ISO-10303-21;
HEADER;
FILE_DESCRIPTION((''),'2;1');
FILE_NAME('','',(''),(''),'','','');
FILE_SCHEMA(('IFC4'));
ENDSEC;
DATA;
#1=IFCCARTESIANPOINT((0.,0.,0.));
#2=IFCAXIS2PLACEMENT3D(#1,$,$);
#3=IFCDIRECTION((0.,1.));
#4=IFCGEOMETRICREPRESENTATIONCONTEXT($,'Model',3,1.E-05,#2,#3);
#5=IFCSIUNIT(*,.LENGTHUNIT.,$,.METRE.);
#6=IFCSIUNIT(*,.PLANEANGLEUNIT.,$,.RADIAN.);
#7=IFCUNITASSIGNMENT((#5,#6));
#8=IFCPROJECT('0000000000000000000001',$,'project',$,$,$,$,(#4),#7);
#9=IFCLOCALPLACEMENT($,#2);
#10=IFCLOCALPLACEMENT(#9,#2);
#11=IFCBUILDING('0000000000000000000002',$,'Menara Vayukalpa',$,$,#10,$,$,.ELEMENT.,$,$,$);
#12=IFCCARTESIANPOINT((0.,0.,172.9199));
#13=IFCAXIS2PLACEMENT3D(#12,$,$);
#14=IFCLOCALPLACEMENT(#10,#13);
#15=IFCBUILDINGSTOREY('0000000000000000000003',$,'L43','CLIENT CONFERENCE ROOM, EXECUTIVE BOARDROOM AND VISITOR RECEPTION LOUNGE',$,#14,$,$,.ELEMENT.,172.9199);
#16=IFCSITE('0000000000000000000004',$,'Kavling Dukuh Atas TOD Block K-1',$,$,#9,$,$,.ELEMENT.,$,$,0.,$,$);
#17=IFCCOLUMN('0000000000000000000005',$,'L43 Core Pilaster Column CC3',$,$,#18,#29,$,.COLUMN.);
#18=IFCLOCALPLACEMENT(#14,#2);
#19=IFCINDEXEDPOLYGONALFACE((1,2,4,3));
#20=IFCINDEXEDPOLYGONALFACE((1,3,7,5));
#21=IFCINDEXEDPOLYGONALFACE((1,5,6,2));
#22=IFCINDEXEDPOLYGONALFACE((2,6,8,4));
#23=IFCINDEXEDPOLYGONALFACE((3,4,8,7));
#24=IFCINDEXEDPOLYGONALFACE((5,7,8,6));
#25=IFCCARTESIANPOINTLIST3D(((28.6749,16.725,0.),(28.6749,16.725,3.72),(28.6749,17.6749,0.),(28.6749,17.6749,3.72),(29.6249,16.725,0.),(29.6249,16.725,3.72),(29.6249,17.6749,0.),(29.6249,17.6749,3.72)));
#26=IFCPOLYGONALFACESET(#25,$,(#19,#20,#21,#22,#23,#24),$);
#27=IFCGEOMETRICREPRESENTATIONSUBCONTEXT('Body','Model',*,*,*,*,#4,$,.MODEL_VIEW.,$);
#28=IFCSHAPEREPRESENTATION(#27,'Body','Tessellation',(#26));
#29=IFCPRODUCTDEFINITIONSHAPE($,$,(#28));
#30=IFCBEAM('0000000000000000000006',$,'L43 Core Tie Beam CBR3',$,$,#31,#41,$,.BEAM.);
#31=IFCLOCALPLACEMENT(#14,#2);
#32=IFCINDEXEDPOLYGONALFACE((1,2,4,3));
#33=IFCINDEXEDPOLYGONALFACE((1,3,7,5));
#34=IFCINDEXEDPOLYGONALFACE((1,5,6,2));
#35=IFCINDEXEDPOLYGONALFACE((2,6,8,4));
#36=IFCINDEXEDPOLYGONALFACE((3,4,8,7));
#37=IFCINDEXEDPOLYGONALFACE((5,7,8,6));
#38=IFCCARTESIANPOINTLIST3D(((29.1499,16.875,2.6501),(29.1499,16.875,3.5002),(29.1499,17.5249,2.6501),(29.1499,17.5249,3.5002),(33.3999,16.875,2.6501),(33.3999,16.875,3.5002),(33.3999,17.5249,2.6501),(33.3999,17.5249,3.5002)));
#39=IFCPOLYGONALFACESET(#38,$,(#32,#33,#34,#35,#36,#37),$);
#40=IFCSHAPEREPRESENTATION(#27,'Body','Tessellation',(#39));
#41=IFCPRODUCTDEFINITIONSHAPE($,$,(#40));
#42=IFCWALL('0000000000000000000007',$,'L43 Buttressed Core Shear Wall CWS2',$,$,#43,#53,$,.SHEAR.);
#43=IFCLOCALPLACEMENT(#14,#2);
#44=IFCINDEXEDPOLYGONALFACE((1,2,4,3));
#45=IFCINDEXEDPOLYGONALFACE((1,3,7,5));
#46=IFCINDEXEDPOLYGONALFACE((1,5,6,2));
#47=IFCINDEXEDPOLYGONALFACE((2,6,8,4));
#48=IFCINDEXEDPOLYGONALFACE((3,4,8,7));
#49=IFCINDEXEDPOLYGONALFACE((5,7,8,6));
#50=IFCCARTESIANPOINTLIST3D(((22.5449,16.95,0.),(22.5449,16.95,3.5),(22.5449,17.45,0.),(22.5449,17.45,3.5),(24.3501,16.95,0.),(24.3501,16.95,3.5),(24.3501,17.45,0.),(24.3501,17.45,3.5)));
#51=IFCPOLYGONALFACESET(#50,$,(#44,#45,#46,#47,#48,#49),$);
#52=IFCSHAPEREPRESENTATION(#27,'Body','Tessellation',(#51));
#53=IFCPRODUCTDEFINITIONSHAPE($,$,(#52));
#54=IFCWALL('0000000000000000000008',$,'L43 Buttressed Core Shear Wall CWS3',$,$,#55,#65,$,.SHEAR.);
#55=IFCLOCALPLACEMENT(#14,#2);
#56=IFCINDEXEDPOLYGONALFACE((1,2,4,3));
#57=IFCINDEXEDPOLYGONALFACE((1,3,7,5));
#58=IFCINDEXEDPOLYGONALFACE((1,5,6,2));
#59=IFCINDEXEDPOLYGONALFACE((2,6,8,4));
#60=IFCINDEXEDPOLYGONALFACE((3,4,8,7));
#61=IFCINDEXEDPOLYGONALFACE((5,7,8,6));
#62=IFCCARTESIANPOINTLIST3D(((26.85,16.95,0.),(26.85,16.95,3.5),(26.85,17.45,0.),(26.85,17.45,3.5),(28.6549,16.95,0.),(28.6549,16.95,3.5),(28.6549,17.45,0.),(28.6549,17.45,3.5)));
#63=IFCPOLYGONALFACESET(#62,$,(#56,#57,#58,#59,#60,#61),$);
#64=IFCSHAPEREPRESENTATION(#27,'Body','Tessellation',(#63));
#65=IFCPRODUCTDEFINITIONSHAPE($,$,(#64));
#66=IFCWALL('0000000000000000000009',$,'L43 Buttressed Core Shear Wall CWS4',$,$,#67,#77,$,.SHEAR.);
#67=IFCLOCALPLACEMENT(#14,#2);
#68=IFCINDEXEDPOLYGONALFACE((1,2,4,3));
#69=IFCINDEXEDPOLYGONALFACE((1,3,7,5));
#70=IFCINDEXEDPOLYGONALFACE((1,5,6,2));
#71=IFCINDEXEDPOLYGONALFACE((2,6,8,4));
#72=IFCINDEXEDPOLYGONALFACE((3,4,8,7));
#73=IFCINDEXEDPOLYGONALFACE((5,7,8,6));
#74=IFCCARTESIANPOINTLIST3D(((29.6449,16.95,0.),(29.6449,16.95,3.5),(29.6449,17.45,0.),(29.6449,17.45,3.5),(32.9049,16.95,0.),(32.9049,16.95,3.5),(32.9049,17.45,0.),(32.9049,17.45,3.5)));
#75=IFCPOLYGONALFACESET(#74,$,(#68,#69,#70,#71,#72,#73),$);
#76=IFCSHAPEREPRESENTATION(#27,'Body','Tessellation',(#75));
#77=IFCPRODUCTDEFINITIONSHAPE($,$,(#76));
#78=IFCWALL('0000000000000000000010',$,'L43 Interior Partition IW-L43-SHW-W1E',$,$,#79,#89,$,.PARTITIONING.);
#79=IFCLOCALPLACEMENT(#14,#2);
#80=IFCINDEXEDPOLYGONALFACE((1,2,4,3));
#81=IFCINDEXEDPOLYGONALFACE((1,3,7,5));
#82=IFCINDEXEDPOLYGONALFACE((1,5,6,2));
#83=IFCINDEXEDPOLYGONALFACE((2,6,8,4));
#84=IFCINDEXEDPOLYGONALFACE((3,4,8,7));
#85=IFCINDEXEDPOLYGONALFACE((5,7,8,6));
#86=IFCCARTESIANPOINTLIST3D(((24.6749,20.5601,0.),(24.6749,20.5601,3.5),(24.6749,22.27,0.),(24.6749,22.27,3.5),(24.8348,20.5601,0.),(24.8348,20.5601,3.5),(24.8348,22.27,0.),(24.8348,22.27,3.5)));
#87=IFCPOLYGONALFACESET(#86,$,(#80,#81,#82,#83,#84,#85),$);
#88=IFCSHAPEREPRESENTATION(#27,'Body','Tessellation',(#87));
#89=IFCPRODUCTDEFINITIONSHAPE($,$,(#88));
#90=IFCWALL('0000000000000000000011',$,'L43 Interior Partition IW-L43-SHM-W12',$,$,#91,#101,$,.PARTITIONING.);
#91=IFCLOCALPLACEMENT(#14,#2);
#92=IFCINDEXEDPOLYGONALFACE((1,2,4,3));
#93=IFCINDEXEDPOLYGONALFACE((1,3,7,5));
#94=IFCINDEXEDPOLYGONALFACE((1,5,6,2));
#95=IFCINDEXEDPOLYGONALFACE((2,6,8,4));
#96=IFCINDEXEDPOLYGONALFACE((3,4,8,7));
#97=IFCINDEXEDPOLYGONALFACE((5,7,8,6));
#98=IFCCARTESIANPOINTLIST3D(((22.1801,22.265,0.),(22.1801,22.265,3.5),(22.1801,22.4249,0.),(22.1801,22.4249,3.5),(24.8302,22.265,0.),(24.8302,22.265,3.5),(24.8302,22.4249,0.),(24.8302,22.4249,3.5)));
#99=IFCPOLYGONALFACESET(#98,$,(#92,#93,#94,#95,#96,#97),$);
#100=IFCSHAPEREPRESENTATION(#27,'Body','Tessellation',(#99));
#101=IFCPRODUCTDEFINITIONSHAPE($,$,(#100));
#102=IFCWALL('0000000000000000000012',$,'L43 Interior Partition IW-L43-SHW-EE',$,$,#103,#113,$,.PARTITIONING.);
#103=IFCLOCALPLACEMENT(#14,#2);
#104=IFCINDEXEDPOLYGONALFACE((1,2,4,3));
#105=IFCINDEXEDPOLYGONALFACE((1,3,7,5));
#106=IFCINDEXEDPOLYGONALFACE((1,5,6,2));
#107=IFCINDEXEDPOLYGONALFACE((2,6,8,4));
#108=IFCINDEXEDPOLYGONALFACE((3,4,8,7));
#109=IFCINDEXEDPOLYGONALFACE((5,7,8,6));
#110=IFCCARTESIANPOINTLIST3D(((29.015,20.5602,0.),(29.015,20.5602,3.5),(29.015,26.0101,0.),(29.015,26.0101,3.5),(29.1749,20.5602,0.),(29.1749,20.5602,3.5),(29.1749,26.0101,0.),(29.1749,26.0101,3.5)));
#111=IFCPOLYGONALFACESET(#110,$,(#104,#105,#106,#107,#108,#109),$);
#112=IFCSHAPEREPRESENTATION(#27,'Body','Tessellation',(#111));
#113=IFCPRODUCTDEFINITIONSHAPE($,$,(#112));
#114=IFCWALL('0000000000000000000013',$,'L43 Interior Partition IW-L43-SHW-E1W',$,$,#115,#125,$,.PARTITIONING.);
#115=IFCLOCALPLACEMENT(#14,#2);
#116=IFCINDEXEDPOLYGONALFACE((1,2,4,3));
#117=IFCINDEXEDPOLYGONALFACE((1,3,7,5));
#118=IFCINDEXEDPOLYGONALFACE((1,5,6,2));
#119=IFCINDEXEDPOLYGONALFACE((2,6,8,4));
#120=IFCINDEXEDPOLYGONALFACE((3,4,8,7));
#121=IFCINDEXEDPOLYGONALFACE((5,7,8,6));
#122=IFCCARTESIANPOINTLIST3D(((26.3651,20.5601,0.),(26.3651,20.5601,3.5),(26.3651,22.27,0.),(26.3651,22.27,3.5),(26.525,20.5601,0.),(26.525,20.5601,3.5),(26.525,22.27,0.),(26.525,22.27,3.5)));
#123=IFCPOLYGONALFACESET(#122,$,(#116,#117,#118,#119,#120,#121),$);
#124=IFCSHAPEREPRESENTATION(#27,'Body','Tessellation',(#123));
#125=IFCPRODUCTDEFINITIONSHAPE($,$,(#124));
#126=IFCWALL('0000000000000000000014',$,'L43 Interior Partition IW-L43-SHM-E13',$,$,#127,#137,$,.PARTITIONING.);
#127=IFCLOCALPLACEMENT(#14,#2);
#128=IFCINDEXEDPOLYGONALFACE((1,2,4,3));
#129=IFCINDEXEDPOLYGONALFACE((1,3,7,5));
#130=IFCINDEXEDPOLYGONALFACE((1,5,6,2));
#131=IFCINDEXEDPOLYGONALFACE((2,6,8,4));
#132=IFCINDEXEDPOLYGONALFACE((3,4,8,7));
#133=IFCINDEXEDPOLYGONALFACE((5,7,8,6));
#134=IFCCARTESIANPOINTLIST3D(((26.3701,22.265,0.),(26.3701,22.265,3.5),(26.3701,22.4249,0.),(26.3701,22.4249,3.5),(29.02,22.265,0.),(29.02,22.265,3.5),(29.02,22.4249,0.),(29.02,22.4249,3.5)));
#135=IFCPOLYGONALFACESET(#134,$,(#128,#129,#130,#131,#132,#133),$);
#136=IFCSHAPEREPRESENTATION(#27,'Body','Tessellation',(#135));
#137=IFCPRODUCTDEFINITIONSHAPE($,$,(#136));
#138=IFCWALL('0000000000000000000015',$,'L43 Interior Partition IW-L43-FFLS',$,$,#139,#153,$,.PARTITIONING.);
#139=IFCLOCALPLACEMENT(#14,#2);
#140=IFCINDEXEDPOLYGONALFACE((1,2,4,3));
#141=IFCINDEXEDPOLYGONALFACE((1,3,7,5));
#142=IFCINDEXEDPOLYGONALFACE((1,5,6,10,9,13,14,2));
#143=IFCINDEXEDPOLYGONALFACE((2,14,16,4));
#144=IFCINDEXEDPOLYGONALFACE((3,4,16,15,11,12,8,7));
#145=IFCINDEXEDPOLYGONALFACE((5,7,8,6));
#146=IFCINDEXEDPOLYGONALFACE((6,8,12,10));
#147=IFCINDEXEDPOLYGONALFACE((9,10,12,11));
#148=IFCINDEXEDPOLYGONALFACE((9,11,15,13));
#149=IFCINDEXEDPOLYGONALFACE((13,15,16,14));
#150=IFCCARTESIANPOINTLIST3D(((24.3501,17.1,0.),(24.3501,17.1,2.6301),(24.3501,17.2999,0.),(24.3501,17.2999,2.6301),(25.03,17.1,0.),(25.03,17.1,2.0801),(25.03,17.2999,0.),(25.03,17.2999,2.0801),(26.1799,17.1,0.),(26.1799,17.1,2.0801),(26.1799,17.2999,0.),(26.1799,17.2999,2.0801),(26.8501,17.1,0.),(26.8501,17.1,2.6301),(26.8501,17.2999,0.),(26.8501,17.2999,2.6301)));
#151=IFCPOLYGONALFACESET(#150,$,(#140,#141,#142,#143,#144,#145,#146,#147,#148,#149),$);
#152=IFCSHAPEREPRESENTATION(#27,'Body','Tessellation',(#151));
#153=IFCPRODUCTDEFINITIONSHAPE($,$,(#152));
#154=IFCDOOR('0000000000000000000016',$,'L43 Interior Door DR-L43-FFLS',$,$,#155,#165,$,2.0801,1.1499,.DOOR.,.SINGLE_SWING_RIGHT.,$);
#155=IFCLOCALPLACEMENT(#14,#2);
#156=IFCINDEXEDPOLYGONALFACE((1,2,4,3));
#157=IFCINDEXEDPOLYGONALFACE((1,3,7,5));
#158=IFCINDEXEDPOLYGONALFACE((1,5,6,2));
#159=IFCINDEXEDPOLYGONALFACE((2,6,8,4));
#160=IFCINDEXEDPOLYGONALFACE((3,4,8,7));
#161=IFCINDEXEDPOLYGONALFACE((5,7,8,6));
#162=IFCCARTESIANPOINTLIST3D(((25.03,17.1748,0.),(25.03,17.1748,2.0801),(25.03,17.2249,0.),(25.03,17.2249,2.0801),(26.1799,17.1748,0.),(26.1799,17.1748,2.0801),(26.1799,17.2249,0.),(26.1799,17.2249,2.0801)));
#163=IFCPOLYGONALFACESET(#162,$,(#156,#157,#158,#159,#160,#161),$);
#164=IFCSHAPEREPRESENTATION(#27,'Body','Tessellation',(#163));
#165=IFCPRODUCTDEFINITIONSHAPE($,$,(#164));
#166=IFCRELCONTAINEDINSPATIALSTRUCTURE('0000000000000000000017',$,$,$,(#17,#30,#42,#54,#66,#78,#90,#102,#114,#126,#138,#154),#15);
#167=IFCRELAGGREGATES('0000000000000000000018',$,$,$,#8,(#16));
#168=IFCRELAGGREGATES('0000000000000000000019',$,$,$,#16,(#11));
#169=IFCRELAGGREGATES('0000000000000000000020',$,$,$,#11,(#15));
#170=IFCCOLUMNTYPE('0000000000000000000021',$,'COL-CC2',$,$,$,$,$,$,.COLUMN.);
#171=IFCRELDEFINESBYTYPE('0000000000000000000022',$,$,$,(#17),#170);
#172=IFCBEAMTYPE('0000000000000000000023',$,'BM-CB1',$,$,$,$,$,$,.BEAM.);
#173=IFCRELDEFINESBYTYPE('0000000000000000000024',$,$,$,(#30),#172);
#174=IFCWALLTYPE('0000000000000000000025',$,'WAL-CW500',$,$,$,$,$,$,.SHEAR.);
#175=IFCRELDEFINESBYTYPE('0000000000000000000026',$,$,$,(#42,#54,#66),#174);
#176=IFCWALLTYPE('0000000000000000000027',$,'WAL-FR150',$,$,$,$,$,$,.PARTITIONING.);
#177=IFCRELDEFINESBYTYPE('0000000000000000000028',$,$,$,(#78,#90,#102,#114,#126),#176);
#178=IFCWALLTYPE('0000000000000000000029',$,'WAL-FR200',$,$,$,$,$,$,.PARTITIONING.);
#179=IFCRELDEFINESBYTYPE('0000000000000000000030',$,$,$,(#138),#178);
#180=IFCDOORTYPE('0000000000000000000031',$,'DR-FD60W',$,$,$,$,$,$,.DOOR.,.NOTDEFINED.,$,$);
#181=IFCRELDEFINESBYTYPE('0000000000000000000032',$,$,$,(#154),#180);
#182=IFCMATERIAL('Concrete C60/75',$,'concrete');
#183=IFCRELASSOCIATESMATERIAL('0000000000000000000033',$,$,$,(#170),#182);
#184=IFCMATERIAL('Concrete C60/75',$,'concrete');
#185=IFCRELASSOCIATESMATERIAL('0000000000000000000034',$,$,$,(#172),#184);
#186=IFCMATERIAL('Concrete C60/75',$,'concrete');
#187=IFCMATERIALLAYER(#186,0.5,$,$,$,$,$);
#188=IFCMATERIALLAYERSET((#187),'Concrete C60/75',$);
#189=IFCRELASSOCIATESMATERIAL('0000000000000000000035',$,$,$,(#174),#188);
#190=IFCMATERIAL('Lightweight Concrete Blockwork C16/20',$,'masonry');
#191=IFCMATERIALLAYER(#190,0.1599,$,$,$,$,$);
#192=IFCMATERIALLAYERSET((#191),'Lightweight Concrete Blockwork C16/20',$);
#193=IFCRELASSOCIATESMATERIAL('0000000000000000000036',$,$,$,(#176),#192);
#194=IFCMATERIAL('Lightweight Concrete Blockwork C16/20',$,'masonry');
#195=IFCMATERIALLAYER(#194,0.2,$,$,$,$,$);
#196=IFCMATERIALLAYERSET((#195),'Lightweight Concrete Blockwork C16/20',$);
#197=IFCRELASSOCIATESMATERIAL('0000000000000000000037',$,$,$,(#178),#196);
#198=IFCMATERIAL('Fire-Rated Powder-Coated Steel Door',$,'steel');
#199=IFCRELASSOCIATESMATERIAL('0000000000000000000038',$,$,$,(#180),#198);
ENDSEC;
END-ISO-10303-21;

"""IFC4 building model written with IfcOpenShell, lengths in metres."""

from ifc_helpers import new_model, si_unit, direction, frame, frame_2d, origin, origin_2d, place, context, subcontext, project, spatial, rectangle, extrude, material, layer, layer_set, material_profile, profile_set, type_object, element, fill, save


model = new_model("IFC4")

# Units and contexts
model_context = context("Model", 3, precision=1e-05, world=origin(), true_north=direction((0.0, 1.0)))
body_context = subcontext(model_context, "Body", "Model", "MODEL_VIEW")
ifc_project = project(units=[si_unit("LENGTHUNIT", "METRE"), si_unit("PLANEANGLEUNIT", "RADIAN")], contexts=[model_context])

# Site, building, storey
site_placement = place(None, origin())
site = spatial("IfcSite", under=ifc_project, at=site_placement, Name="Kavling Dukuh Atas TOD Block K-1", CompositionType="ELEMENT", RefElevation=0.0)
building_placement = place(site_placement, origin())
building = spatial("IfcBuilding", under=site, at=building_placement, Name="Menara Vayukalpa", CompositionType="ELEMENT")
storey_placement = place(building_placement, frame((0.0, 0.0, 172.9199)))
storey = spatial("IfcBuildingStorey", under=building, at=storey_placement, Name="L43", Description="CLIENT CONFERENCE ROOM, EXECUTIVE BOARDROOM AND VISITOR RECEPTION LOUNGE", CompositionType="ELEMENT", Elevation=172.9199)

# Column
ifc_material_1 = material(Name="Concrete C60/75", Category="concrete")
ifc_material_profile_1 = material_profile(ifc_material_1, rectangle(XDim=0.95, YDim=0.95, at=origin_2d()), Name="RC 950x950")
ifc_profile_set_1 = profile_set([ifc_material_profile_1], Name="Concrete C60/75")
column_type = type_object("IfcColumnType", Name="COL-CC2", PredefinedType="COLUMN", material=ifc_profile_set_1)
column_placement = place(storey_placement, frame((29.1499, 17.2, 0.0), z_axis=(0.0, 0.0, 1.0), x_axis=(1.0, 0.0, 0.0)))
element("IfcColumn", 1, at=column_placement, inside=storey, type_object=column_type, Name="L43 Core Pilaster Column CC3", PredefinedType="COLUMN", context=body_context, shape_type="SweptSolid", body=[
    extrude(rectangle(XDim=0.95, YDim=0.95, at=origin_2d()), origin(), (0.0, 0.0, 1.0), 3.72),
])

# Beam
ifc_material_2 = material(Name="Concrete C60/75", Category="concrete")
ifc_material_profile_2 = material_profile(ifc_material_2, rectangle(XDim=0.6499, YDim=0.8501, at=origin_2d()), Name="RC 650x850")
ifc_profile_set_2 = profile_set([ifc_material_profile_2], Name="Concrete C60/75")
beam_type = type_object("IfcBeamType", Name="BM-CB1", PredefinedType="BEAM", material=ifc_profile_set_2)
beam_placement = place(storey_placement, frame((29.1499, 17.2, 3.0752), z_axis=(1.0, 0.0, 0.0), x_axis=(0.0, 1.0, 0.0)))
element("IfcBeam", 2, at=beam_placement, inside=storey, type_object=beam_type, Name="L43 Core Tie Beam CBR3", PredefinedType="BEAM", context=body_context, shape_type="SweptSolid", body=[
    extrude(rectangle(XDim=0.6499, YDim=0.8501, at=origin_2d()), origin(), (0.0, 0.0, 1.0), 4.25),
])

# Walls
ifc_material_3 = material(Name="Concrete C60/75", Category="concrete")
ifc_layer_1 = layer(ifc_material_3, 0.5)
ifc_layer_set_1 = layer_set([ifc_layer_1], Name="Concrete C60/75")
wall_type_1 = type_object("IfcWallType", Name="WAL-CW500", PredefinedType="SHEAR", material=ifc_layer_set_1)
wall_1_placement = place(storey_placement, frame((22.5449, 17.2, 0.0), z_axis=(0.0, 0.0, 1.0), x_axis=(1.0, 0.0, 0.0)))
element("IfcWall", 3, at=wall_1_placement, inside=storey, type_object=wall_type_1, Name="L43 Buttressed Core Shear Wall CWS2", PredefinedType="SHEAR", context=body_context, shape_type="SweptSolid", body=[
    extrude(rectangle(XDim=1.8052, YDim=0.5, at=frame_2d((0.9026, 0.0))), origin(), (0.0, 0.0, 1.0), 3.5),
])
wall_2_placement = place(storey_placement, frame((26.8501, 17.2, 0.0), z_axis=(0.0, 0.0, 1.0), x_axis=(1.0, 0.0, 0.0)))
element("IfcWall", 4, at=wall_2_placement, inside=storey, type_object=wall_type_1, Name="L43 Buttressed Core Shear Wall CWS3", PredefinedType="SHEAR", context=body_context, shape_type="SweptSolid", body=[
    extrude(rectangle(XDim=1.8049, YDim=0.5, at=frame_2d((0.9023, 0.0))), origin(), (0.0, 0.0, 1.0), 3.5),
])
wall_3_placement = place(storey_placement, frame((29.645, 17.2, 0.0), z_axis=(0.0, 0.0, 1.0), x_axis=(1.0, 0.0, 0.0)))
element("IfcWall", 5, at=wall_3_placement, inside=storey, type_object=wall_type_1, Name="L43 Buttressed Core Shear Wall CWS4", PredefinedType="SHEAR", context=body_context, shape_type="SweptSolid", body=[
    extrude(rectangle(XDim=3.26, YDim=0.5, at=frame_2d((1.6299, 0.0))), origin(), (0.0, 0.0, 1.0), 3.5),
])
ifc_material_4 = material(Name="Lightweight Concrete Blockwork C16/20", Category="masonry")
ifc_layer_2 = layer(ifc_material_4, 0.1599)
ifc_layer_set_2 = layer_set([ifc_layer_2], Name="Lightweight Concrete Blockwork C16/20")
wall_type_2 = type_object("IfcWallType", Name="WAL-FR150", PredefinedType="PARTITIONING", material=ifc_layer_set_2)
wall_4_placement = place(storey_placement, frame((24.7549, 20.5601, 0.0), z_axis=(0.0, 0.0, 1.0), x_axis=(0.0, 1.0, 0.0)))
element("IfcWall", 6, at=wall_4_placement, inside=storey, type_object=wall_type_2, Name="L43 Interior Partition IW-L43-SHW-W1E", PredefinedType="PARTITIONING", context=body_context, shape_type="SweptSolid", body=[
    extrude(rectangle(XDim=1.71, YDim=0.1599, at=frame_2d((0.855, 0.0))), origin(), (0.0, 0.0, 1.0), 3.5),
])
wall_5_placement = place(storey_placement, frame((22.1799, 22.345, 0.0), z_axis=(0.0, 0.0, 1.0), x_axis=(1.0, 0.0, 0.0)))
element("IfcWall", 7, at=wall_5_placement, inside=storey, type_object=wall_type_2, Name="L43 Interior Partition IW-L43-SHM-W12", PredefinedType="PARTITIONING", context=body_context, shape_type="SweptSolid", body=[
    extrude(rectangle(XDim=2.6501, YDim=0.1599, at=frame_2d((1.3252, 0.0))), origin(), (0.0, 0.0, 1.0), 3.5),
])
wall_6_placement = place(storey_placement, frame((29.095, 20.5601, 0.0), z_axis=(0.0, 0.0, 1.0), x_axis=(0.0, 1.0, 0.0)))
element("IfcWall", 8, at=wall_6_placement, inside=storey, type_object=wall_type_2, Name="L43 Interior Partition IW-L43-SHW-EE", PredefinedType="PARTITIONING", context=body_context, shape_type="SweptSolid", body=[
    extrude(rectangle(XDim=5.45, YDim=0.1599, at=frame_2d((2.7251, 0.0))), origin(), (0.0, 0.0, 1.0), 3.5),
])
wall_7_placement = place(storey_placement, frame((26.4451, 20.5601, 0.0), z_axis=(0.0, 0.0, 1.0), x_axis=(0.0, 1.0, 0.0)))
element("IfcWall", 9, at=wall_7_placement, inside=storey, type_object=wall_type_2, Name="L43 Interior Partition IW-L43-SHW-E1W", PredefinedType="PARTITIONING", context=body_context, shape_type="SweptSolid", body=[
    extrude(rectangle(XDim=1.71, YDim=0.1599, at=frame_2d((0.855, 0.0))), origin(), (0.0, 0.0, 1.0), 3.5),
])
wall_8_placement = place(storey_placement, frame((26.3701, 22.345, 0.0), z_axis=(0.0, 0.0, 1.0), x_axis=(1.0, 0.0, 0.0)))
element("IfcWall", 10, at=wall_8_placement, inside=storey, type_object=wall_type_2, Name="L43 Interior Partition IW-L43-SHM-E13", PredefinedType="PARTITIONING", context=body_context, shape_type="SweptSolid", body=[
    extrude(rectangle(XDim=2.6499, YDim=0.1599, at=frame_2d((1.325, 0.0))), origin(), (0.0, 0.0, 1.0), 3.5),
])

# Wall, opening, door
ifc_material_5 = material(Name="Lightweight Concrete Blockwork C16/20", Category="masonry")
ifc_layer_3 = layer(ifc_material_5, 0.2)
ifc_layer_set_3 = layer_set([ifc_layer_3], Name="Lightweight Concrete Blockwork C16/20")
wall_type_3 = type_object("IfcWallType", Name="WAL-FR200", PredefinedType="PARTITIONING", material=ifc_layer_set_3)
wall_9_placement = place(storey_placement, frame((24.3501, 17.2, 0.0), z_axis=(0.0, 0.0, 1.0), x_axis=(1.0, 0.0, 0.0)))
wall_9 = element("IfcWall", 11, at=wall_9_placement, inside=storey, type_object=wall_type_3, Name="L43 Interior Partition IW-L43-FFLS", PredefinedType="PARTITIONING", context=body_context, shape_type="SweptSolid", body=[
    extrude(rectangle(XDim=2.5, YDim=0.2, at=frame_2d((1.25, 0.0))), origin(), (0.0, 0.0, 1.0), 2.6301),
])
opening_1_placement = place(wall_9_placement, frame((0.6799, 0.0, 0.0)))
opening_1 = element("IfcOpeningElement", 12, at=opening_1_placement, cuts=wall_9, PredefinedType="OPENING", context=body_context, shape_type="SweptSolid", body=[
    extrude(rectangle(XDim=1.1499, YDim=2.0801, at=frame_2d((0.575, 1.04))), frame((0.0, 0.1099, 0.0), z_axis=(0.0, -1.0, 0.0), x_axis=(1.0, 0.0, 0.0)), (0.0, 0.0, 1.0), 0.22),
])
ifc_material_6 = material(Name="Fire-Rated Powder-Coated Steel Door", Category="steel")
door_type_1 = type_object("IfcDoorType", Name="DR-FD60W", OperationType="NOTDEFINED", PredefinedType="DOOR", material=ifc_material_6)
door_1_placement = place(opening_1_placement, origin())
door_1 = element("IfcDoor", 13, at=door_1_placement, inside=storey, type_object=door_type_1, Name="L43 Interior Door DR-L43-FFLS", OperationType="SINGLE_SWING_RIGHT", OverallHeight=2.0801, OverallWidth=1.1499, PredefinedType="DOOR", context=body_context, shape_type="SweptSolid", body=[
    extrude(rectangle(XDim=1.1499, YDim=2.0801, at=frame_2d((0.575, 1.04))), frame((0.0, 0.0249, 0.0), z_axis=(0.0, -1.0, 0.0), x_axis=(1.0, 0.0, 0.0)), (0.0, 0.0, 1.0), 0.05),
])
fill(opening_1, door_1)

save(model, "model.ifc")
